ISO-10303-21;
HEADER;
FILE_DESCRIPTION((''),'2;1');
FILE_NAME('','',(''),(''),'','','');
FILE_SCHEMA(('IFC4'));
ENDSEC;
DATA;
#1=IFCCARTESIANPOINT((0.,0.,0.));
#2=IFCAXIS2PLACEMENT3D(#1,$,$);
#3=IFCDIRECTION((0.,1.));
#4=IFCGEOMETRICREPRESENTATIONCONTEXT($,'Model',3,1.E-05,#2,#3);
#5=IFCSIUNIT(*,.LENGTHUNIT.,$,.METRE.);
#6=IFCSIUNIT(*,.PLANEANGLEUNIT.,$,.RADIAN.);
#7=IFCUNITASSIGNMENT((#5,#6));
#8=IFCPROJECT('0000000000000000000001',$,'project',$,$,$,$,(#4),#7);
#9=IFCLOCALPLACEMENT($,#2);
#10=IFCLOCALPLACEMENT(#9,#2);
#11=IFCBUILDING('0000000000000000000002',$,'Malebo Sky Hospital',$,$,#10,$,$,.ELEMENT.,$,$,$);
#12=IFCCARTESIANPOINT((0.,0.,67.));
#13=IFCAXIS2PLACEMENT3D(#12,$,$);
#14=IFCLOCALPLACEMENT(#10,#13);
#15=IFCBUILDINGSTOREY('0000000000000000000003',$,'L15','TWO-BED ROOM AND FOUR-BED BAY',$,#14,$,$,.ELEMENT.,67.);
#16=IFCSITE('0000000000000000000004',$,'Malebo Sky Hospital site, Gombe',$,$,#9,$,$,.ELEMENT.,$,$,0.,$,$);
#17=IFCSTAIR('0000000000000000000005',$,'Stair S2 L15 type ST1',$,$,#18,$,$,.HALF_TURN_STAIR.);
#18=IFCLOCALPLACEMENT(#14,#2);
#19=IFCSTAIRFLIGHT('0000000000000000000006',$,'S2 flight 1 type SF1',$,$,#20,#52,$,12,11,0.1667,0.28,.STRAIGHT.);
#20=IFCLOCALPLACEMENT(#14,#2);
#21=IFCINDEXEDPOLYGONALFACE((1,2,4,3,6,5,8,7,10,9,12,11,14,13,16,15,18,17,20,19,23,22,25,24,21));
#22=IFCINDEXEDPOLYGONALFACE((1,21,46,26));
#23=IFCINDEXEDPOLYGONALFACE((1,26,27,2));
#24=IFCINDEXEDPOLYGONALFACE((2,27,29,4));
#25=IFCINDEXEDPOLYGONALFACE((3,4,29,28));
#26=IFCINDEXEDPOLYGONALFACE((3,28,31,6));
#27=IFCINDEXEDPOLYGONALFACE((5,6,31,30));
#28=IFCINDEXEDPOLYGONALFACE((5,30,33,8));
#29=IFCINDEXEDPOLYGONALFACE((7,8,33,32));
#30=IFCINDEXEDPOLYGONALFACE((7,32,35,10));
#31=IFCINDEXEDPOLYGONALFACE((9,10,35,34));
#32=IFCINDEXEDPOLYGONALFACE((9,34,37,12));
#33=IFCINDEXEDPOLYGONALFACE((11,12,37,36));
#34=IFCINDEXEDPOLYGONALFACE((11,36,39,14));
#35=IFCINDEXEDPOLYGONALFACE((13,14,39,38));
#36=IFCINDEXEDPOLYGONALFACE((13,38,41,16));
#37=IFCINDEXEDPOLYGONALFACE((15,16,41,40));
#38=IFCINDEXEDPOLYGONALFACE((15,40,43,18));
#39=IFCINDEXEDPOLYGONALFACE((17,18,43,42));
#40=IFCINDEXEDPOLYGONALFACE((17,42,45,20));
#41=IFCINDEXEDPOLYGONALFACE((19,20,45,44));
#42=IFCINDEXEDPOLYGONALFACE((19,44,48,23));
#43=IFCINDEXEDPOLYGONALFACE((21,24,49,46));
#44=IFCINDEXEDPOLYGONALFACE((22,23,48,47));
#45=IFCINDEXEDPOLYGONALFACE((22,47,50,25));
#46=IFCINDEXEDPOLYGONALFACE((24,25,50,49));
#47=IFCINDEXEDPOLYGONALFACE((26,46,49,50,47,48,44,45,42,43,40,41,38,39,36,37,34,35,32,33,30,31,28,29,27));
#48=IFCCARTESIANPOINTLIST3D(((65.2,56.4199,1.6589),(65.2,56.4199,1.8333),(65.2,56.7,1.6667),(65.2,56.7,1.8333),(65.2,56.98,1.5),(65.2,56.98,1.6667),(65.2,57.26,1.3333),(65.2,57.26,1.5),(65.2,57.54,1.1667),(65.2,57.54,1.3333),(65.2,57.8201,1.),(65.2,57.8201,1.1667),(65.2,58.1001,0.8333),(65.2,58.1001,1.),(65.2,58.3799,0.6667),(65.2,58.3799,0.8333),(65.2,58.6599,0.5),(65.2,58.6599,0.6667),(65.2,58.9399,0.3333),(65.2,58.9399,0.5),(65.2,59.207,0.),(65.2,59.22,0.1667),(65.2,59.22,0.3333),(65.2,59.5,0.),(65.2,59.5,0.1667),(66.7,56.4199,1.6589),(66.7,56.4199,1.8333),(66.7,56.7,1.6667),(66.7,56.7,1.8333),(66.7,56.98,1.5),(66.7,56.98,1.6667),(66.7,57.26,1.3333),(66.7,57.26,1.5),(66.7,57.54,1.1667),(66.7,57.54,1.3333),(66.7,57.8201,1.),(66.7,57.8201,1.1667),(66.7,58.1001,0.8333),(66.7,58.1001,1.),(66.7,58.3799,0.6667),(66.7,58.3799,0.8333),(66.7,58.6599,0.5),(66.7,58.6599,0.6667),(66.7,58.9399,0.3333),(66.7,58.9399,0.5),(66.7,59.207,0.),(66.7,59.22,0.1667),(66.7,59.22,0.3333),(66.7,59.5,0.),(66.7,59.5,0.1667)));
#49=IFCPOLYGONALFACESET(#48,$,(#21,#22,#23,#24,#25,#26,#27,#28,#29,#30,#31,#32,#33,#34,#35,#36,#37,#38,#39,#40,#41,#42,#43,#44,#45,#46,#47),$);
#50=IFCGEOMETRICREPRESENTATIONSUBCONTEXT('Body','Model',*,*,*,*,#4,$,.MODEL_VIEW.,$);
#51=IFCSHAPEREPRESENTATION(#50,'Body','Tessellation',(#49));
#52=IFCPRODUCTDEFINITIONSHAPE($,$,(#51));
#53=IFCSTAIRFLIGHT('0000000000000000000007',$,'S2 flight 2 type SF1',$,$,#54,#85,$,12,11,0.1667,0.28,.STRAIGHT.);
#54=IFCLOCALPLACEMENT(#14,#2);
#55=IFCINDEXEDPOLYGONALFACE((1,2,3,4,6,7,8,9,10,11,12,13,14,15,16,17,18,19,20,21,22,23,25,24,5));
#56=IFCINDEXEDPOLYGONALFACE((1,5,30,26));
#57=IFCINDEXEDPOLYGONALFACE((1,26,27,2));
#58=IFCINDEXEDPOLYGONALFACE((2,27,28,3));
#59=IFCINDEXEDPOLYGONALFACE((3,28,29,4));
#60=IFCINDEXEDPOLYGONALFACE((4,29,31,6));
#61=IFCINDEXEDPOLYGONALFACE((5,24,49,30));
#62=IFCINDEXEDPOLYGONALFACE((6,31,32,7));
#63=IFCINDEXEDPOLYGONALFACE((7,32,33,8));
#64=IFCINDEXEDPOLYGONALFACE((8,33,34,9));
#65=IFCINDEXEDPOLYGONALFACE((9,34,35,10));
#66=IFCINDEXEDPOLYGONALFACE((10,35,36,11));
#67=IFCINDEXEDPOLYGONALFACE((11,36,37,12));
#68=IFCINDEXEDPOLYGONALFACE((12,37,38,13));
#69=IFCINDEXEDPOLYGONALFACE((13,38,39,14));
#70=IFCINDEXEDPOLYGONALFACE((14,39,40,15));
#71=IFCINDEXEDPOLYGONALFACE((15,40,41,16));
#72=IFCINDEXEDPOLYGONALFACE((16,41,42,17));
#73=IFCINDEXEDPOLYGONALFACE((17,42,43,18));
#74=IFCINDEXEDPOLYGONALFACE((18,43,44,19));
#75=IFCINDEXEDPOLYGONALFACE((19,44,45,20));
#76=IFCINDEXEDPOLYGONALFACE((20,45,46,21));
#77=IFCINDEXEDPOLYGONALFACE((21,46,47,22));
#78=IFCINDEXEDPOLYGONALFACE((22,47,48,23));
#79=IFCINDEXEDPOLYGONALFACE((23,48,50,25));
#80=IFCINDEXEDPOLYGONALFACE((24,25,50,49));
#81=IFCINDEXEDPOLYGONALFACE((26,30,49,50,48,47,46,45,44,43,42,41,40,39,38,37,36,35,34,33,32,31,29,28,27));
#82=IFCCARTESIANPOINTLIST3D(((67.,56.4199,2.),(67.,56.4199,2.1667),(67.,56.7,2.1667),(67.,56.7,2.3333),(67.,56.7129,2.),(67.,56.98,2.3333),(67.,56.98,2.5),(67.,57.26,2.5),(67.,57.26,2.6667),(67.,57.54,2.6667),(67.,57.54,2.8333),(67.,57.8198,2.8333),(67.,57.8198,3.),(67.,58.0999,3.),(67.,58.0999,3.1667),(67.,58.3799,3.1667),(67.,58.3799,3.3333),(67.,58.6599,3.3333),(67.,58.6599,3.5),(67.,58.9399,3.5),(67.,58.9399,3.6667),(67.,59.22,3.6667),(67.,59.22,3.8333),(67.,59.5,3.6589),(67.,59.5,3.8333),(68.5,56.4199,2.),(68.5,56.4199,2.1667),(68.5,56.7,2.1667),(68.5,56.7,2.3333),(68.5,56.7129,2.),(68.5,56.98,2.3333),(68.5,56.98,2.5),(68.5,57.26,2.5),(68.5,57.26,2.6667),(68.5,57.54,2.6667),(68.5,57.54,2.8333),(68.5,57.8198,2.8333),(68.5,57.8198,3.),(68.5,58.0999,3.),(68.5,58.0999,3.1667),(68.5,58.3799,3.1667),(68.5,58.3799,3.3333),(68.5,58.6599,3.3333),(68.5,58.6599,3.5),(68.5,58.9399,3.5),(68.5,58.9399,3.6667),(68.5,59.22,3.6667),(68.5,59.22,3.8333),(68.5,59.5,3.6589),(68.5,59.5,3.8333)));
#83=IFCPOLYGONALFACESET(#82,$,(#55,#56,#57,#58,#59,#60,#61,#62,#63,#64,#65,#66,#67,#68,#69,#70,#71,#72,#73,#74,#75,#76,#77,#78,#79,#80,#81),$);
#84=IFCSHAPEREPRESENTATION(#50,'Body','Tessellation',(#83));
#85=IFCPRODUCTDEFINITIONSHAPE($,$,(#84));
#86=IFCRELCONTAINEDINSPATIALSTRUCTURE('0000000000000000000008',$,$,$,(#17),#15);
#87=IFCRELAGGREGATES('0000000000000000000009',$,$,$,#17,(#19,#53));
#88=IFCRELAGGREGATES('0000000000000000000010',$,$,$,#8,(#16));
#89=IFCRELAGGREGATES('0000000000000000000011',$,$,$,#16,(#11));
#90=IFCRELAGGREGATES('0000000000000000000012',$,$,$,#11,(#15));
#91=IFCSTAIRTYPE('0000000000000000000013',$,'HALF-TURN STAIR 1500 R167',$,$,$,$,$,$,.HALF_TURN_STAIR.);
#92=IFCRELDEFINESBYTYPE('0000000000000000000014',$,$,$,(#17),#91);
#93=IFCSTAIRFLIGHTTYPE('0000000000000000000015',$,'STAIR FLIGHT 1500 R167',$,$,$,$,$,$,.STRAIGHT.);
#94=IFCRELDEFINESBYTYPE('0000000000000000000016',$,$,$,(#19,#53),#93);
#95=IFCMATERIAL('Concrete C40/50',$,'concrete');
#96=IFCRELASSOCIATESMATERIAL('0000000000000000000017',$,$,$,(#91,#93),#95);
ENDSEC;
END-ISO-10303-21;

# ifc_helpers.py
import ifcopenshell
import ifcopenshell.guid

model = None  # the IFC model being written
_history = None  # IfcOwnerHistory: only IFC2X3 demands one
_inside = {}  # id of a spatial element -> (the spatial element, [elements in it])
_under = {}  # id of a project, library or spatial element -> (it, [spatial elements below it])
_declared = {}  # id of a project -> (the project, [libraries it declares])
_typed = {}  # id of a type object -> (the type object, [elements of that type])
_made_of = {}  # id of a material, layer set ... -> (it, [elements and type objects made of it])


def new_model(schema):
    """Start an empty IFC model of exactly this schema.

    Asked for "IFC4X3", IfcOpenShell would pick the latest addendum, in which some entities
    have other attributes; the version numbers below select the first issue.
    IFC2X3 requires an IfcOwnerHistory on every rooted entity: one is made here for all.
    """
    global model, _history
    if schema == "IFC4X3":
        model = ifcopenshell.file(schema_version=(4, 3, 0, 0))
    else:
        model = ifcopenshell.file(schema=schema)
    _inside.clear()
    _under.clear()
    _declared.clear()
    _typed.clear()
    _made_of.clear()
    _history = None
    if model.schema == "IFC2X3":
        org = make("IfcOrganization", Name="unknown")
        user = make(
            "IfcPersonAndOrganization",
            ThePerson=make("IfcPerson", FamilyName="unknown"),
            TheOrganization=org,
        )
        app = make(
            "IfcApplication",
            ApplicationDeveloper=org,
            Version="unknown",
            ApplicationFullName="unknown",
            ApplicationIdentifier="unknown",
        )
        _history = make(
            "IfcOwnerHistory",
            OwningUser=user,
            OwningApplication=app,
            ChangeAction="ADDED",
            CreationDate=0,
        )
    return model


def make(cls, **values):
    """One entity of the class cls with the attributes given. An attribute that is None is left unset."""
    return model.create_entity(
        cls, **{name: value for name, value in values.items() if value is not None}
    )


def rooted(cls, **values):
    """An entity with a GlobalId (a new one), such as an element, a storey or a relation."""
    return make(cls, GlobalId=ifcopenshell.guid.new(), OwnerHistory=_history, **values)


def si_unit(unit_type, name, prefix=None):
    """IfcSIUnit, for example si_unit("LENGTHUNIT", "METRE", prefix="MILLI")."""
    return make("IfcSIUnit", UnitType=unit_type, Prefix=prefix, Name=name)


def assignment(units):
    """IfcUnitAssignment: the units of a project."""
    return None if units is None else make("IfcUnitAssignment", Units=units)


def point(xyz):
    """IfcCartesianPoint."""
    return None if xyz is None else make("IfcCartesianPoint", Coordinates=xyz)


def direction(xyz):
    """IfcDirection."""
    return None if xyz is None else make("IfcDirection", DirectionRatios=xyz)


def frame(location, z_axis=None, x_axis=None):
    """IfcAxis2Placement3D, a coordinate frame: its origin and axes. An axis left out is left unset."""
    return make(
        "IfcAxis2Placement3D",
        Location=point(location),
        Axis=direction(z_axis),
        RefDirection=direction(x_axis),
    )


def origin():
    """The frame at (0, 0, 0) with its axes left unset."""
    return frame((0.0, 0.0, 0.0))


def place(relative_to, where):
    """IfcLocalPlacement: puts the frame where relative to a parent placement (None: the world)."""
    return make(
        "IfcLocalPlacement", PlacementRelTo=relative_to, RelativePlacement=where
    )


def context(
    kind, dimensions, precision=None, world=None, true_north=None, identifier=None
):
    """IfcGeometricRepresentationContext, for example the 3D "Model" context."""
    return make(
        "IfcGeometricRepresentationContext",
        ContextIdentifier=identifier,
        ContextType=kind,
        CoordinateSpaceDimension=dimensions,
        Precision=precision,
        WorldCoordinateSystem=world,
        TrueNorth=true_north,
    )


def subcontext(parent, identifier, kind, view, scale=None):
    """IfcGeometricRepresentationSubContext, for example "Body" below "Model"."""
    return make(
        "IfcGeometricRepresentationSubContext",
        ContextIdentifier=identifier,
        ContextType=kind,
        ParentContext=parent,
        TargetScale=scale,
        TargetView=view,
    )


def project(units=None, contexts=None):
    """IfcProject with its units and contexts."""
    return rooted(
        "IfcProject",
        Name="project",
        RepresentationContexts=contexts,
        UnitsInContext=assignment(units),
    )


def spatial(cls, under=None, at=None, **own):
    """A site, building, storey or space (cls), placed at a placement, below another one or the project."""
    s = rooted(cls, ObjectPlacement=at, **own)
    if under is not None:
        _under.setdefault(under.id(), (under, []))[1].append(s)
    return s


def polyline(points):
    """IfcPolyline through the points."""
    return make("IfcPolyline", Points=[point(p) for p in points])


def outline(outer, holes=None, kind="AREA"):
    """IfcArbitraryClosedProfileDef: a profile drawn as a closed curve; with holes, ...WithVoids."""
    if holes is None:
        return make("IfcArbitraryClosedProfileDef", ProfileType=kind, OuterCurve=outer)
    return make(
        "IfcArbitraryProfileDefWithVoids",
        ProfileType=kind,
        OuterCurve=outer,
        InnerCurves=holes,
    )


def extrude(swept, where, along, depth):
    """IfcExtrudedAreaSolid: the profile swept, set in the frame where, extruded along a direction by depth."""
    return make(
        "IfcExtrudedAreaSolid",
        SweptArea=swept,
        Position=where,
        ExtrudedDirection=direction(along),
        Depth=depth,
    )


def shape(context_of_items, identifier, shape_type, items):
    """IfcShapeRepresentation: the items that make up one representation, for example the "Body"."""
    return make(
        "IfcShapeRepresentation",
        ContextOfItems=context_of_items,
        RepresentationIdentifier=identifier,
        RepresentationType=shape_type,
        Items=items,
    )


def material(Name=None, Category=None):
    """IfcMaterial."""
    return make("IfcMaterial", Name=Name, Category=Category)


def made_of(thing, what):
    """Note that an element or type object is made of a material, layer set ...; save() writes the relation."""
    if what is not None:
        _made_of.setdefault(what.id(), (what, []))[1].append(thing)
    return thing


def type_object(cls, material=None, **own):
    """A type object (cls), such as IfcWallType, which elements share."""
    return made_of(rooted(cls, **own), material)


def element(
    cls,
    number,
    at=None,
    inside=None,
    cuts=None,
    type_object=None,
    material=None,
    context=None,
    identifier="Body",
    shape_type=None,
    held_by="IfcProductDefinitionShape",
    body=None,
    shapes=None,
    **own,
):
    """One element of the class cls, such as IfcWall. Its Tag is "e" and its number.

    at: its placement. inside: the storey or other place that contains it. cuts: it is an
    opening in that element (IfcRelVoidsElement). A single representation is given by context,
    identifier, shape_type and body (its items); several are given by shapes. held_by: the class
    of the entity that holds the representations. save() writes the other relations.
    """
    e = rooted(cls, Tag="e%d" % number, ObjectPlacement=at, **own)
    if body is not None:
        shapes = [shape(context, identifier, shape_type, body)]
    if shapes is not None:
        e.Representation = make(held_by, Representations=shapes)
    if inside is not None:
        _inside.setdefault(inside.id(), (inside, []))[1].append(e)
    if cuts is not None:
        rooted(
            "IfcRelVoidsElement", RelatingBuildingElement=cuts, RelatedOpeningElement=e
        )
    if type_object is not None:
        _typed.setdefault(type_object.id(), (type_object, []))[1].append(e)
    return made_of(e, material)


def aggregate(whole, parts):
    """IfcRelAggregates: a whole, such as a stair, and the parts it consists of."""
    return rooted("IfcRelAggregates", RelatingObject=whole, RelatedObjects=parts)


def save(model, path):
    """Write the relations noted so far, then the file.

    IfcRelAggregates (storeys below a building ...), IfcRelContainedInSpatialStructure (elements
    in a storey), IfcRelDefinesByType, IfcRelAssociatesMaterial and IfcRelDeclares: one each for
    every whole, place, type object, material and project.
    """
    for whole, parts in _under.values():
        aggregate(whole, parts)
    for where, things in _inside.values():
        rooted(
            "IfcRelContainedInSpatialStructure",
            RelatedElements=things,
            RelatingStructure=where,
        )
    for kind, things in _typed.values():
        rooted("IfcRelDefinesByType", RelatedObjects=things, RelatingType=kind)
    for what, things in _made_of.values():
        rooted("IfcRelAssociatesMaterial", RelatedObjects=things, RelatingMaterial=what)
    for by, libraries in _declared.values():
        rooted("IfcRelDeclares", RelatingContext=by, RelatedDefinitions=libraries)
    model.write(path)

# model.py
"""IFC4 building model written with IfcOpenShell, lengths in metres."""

from ifc_helpers import new_model, si_unit, direction, frame, origin, place, context, subcontext, project, spatial, polyline, outline, extrude, material, type_object, element, aggregate, save


model = new_model("IFC4")

# Units and contexts
model_context = context("Model", 3, precision=1e-05, world=origin(), true_north=direction((0.0, 1.0)))
body_context = subcontext(model_context, "Body", "Model", "MODEL_VIEW")
ifc_project = project(units=[si_unit("LENGTHUNIT", "METRE"), si_unit("PLANEANGLEUNIT", "RADIAN")], contexts=[model_context])

# Site, building, storey
site_placement = place(None, origin())
site = spatial("IfcSite", under=ifc_project, at=site_placement, Name="Malebo Sky Hospital site, Gombe", CompositionType="ELEMENT", RefElevation=0.0)
building_placement = place(site_placement, origin())
building = spatial("IfcBuilding", under=site, at=building_placement, Name="Malebo Sky Hospital", CompositionType="ELEMENT")
storey_placement = place(building_placement, frame((0.0, 0.0, 67.0)))
storey = spatial("IfcBuildingStorey", under=building, at=storey_placement, Name="L15", Description="TWO-BED ROOM AND FOUR-BED BAY", CompositionType="ELEMENT", Elevation=67.0)

# Stair, stair flights
ifc_material_1 = material(Name="Concrete C40/50", Category="concrete")
stair_type = type_object("IfcStairType", Name="HALF-TURN STAIR 1500 R167", PredefinedType="HALF_TURN_STAIR", material=ifc_material_1)
stair_placement = place(storey_placement, origin())
stair = element("IfcStair", 1, at=stair_placement, inside=storey, type_object=stair_type, Name="Stair S2 L15 type ST1", PredefinedType="HALF_TURN_STAIR")
stair_flight_type = type_object("IfcStairFlightType", Name="STAIR FLIGHT 1500 R167", PredefinedType="STRAIGHT", material=ifc_material_1)
stair_flight_1_placement = place(storey_placement, frame((65.95, 59.5, 0.0), z_axis=(0.0, 0.0, 1.0), x_axis=(0.0, -1.0, 0.0)))
stair_flight_1 = element("IfcStairFlight", 2, at=stair_flight_1_placement, type_object=stair_flight_type, Name="S2 flight 1 type SF1", NumberOfRisers=12, NumberOfTreads=11, PredefinedType="STRAIGHT", RiserHeight=0.1667, TreadLength=0.28, context=body_context, shape_type="SweptSolid", body=[
    extrude(outline(polyline([(0.0, 0.0), (0.0, 0.1667), (0.28, 0.1667), (0.28, 0.3333), (0.5601, 0.3333), (0.5601, 0.5), (0.8401, 0.5), (0.8401, 0.6667), (1.1201, 0.6667), (1.1201, 0.8333), (1.3999, 0.8333), (1.3999, 1.0), (1.6799, 1.0), (1.6799, 1.1667), (1.96, 1.1667), (1.96, 1.3333), (2.24, 1.3333), (2.24, 1.5), (2.52, 1.5), (2.52, 1.6667), (2.8, 1.6667), (2.8, 1.8333), (3.0801, 1.8333), (3.0801, 2.0), (3.0801, 1.6589), (0.293, 0.0), (0.0, 0.0)])), frame((0.0, 0.75, 0.0), z_axis=(0.0, -1.0, 0.0), x_axis=(1.0, 0.0, 0.0)), (0.0, 0.0, 1.0), 1.5),
])
stair_flight_2_placement = place(storey_placement, frame((67.75, 56.4199, 2.0), z_axis=(0.0, 0.0, 1.0), x_axis=(0.0, 1.0, 0.0)))
stair_flight_2 = element("IfcStairFlight", 3, at=stair_flight_2_placement, type_object=stair_flight_type, Name="S2 flight 2 type SF1", NumberOfRisers=12, NumberOfTreads=11, PredefinedType="STRAIGHT", RiserHeight=0.1667, TreadLength=0.28, context=body_context, shape_type="SweptSolid", body=[
    extrude(outline(polyline([(0.0, 0.0), (0.0, 0.1667), (0.28, 0.1667), (0.28, 0.3333), (0.5601, 0.3333), (0.5601, 0.5), (0.8401, 0.5), (0.8401, 0.6667), (1.1201, 0.6667), (1.1201, 0.8333), (1.3999, 0.8333), (1.3999, 1.0), (1.6799, 1.0), (1.6799, 1.1667), (1.96, 1.1667), (1.96, 1.3333), (2.24, 1.3333), (2.24, 1.5), (2.52, 1.5), (2.52, 1.6667), (2.8, 1.6667), (2.8, 1.8333), (3.0801, 1.8333), (3.0801, 2.0), (3.0801, 1.6589), (0.293, 0.0), (0.0, 0.0)])), frame((0.0, 0.75, 0.0), z_axis=(0.0, -1.0, 0.0), x_axis=(1.0, 0.0, 0.0)), (0.0, 0.0, 1.0), 1.5),
])
aggregate(stair, [stair_flight_1, stair_flight_2])

save(model, "model.ifc")
